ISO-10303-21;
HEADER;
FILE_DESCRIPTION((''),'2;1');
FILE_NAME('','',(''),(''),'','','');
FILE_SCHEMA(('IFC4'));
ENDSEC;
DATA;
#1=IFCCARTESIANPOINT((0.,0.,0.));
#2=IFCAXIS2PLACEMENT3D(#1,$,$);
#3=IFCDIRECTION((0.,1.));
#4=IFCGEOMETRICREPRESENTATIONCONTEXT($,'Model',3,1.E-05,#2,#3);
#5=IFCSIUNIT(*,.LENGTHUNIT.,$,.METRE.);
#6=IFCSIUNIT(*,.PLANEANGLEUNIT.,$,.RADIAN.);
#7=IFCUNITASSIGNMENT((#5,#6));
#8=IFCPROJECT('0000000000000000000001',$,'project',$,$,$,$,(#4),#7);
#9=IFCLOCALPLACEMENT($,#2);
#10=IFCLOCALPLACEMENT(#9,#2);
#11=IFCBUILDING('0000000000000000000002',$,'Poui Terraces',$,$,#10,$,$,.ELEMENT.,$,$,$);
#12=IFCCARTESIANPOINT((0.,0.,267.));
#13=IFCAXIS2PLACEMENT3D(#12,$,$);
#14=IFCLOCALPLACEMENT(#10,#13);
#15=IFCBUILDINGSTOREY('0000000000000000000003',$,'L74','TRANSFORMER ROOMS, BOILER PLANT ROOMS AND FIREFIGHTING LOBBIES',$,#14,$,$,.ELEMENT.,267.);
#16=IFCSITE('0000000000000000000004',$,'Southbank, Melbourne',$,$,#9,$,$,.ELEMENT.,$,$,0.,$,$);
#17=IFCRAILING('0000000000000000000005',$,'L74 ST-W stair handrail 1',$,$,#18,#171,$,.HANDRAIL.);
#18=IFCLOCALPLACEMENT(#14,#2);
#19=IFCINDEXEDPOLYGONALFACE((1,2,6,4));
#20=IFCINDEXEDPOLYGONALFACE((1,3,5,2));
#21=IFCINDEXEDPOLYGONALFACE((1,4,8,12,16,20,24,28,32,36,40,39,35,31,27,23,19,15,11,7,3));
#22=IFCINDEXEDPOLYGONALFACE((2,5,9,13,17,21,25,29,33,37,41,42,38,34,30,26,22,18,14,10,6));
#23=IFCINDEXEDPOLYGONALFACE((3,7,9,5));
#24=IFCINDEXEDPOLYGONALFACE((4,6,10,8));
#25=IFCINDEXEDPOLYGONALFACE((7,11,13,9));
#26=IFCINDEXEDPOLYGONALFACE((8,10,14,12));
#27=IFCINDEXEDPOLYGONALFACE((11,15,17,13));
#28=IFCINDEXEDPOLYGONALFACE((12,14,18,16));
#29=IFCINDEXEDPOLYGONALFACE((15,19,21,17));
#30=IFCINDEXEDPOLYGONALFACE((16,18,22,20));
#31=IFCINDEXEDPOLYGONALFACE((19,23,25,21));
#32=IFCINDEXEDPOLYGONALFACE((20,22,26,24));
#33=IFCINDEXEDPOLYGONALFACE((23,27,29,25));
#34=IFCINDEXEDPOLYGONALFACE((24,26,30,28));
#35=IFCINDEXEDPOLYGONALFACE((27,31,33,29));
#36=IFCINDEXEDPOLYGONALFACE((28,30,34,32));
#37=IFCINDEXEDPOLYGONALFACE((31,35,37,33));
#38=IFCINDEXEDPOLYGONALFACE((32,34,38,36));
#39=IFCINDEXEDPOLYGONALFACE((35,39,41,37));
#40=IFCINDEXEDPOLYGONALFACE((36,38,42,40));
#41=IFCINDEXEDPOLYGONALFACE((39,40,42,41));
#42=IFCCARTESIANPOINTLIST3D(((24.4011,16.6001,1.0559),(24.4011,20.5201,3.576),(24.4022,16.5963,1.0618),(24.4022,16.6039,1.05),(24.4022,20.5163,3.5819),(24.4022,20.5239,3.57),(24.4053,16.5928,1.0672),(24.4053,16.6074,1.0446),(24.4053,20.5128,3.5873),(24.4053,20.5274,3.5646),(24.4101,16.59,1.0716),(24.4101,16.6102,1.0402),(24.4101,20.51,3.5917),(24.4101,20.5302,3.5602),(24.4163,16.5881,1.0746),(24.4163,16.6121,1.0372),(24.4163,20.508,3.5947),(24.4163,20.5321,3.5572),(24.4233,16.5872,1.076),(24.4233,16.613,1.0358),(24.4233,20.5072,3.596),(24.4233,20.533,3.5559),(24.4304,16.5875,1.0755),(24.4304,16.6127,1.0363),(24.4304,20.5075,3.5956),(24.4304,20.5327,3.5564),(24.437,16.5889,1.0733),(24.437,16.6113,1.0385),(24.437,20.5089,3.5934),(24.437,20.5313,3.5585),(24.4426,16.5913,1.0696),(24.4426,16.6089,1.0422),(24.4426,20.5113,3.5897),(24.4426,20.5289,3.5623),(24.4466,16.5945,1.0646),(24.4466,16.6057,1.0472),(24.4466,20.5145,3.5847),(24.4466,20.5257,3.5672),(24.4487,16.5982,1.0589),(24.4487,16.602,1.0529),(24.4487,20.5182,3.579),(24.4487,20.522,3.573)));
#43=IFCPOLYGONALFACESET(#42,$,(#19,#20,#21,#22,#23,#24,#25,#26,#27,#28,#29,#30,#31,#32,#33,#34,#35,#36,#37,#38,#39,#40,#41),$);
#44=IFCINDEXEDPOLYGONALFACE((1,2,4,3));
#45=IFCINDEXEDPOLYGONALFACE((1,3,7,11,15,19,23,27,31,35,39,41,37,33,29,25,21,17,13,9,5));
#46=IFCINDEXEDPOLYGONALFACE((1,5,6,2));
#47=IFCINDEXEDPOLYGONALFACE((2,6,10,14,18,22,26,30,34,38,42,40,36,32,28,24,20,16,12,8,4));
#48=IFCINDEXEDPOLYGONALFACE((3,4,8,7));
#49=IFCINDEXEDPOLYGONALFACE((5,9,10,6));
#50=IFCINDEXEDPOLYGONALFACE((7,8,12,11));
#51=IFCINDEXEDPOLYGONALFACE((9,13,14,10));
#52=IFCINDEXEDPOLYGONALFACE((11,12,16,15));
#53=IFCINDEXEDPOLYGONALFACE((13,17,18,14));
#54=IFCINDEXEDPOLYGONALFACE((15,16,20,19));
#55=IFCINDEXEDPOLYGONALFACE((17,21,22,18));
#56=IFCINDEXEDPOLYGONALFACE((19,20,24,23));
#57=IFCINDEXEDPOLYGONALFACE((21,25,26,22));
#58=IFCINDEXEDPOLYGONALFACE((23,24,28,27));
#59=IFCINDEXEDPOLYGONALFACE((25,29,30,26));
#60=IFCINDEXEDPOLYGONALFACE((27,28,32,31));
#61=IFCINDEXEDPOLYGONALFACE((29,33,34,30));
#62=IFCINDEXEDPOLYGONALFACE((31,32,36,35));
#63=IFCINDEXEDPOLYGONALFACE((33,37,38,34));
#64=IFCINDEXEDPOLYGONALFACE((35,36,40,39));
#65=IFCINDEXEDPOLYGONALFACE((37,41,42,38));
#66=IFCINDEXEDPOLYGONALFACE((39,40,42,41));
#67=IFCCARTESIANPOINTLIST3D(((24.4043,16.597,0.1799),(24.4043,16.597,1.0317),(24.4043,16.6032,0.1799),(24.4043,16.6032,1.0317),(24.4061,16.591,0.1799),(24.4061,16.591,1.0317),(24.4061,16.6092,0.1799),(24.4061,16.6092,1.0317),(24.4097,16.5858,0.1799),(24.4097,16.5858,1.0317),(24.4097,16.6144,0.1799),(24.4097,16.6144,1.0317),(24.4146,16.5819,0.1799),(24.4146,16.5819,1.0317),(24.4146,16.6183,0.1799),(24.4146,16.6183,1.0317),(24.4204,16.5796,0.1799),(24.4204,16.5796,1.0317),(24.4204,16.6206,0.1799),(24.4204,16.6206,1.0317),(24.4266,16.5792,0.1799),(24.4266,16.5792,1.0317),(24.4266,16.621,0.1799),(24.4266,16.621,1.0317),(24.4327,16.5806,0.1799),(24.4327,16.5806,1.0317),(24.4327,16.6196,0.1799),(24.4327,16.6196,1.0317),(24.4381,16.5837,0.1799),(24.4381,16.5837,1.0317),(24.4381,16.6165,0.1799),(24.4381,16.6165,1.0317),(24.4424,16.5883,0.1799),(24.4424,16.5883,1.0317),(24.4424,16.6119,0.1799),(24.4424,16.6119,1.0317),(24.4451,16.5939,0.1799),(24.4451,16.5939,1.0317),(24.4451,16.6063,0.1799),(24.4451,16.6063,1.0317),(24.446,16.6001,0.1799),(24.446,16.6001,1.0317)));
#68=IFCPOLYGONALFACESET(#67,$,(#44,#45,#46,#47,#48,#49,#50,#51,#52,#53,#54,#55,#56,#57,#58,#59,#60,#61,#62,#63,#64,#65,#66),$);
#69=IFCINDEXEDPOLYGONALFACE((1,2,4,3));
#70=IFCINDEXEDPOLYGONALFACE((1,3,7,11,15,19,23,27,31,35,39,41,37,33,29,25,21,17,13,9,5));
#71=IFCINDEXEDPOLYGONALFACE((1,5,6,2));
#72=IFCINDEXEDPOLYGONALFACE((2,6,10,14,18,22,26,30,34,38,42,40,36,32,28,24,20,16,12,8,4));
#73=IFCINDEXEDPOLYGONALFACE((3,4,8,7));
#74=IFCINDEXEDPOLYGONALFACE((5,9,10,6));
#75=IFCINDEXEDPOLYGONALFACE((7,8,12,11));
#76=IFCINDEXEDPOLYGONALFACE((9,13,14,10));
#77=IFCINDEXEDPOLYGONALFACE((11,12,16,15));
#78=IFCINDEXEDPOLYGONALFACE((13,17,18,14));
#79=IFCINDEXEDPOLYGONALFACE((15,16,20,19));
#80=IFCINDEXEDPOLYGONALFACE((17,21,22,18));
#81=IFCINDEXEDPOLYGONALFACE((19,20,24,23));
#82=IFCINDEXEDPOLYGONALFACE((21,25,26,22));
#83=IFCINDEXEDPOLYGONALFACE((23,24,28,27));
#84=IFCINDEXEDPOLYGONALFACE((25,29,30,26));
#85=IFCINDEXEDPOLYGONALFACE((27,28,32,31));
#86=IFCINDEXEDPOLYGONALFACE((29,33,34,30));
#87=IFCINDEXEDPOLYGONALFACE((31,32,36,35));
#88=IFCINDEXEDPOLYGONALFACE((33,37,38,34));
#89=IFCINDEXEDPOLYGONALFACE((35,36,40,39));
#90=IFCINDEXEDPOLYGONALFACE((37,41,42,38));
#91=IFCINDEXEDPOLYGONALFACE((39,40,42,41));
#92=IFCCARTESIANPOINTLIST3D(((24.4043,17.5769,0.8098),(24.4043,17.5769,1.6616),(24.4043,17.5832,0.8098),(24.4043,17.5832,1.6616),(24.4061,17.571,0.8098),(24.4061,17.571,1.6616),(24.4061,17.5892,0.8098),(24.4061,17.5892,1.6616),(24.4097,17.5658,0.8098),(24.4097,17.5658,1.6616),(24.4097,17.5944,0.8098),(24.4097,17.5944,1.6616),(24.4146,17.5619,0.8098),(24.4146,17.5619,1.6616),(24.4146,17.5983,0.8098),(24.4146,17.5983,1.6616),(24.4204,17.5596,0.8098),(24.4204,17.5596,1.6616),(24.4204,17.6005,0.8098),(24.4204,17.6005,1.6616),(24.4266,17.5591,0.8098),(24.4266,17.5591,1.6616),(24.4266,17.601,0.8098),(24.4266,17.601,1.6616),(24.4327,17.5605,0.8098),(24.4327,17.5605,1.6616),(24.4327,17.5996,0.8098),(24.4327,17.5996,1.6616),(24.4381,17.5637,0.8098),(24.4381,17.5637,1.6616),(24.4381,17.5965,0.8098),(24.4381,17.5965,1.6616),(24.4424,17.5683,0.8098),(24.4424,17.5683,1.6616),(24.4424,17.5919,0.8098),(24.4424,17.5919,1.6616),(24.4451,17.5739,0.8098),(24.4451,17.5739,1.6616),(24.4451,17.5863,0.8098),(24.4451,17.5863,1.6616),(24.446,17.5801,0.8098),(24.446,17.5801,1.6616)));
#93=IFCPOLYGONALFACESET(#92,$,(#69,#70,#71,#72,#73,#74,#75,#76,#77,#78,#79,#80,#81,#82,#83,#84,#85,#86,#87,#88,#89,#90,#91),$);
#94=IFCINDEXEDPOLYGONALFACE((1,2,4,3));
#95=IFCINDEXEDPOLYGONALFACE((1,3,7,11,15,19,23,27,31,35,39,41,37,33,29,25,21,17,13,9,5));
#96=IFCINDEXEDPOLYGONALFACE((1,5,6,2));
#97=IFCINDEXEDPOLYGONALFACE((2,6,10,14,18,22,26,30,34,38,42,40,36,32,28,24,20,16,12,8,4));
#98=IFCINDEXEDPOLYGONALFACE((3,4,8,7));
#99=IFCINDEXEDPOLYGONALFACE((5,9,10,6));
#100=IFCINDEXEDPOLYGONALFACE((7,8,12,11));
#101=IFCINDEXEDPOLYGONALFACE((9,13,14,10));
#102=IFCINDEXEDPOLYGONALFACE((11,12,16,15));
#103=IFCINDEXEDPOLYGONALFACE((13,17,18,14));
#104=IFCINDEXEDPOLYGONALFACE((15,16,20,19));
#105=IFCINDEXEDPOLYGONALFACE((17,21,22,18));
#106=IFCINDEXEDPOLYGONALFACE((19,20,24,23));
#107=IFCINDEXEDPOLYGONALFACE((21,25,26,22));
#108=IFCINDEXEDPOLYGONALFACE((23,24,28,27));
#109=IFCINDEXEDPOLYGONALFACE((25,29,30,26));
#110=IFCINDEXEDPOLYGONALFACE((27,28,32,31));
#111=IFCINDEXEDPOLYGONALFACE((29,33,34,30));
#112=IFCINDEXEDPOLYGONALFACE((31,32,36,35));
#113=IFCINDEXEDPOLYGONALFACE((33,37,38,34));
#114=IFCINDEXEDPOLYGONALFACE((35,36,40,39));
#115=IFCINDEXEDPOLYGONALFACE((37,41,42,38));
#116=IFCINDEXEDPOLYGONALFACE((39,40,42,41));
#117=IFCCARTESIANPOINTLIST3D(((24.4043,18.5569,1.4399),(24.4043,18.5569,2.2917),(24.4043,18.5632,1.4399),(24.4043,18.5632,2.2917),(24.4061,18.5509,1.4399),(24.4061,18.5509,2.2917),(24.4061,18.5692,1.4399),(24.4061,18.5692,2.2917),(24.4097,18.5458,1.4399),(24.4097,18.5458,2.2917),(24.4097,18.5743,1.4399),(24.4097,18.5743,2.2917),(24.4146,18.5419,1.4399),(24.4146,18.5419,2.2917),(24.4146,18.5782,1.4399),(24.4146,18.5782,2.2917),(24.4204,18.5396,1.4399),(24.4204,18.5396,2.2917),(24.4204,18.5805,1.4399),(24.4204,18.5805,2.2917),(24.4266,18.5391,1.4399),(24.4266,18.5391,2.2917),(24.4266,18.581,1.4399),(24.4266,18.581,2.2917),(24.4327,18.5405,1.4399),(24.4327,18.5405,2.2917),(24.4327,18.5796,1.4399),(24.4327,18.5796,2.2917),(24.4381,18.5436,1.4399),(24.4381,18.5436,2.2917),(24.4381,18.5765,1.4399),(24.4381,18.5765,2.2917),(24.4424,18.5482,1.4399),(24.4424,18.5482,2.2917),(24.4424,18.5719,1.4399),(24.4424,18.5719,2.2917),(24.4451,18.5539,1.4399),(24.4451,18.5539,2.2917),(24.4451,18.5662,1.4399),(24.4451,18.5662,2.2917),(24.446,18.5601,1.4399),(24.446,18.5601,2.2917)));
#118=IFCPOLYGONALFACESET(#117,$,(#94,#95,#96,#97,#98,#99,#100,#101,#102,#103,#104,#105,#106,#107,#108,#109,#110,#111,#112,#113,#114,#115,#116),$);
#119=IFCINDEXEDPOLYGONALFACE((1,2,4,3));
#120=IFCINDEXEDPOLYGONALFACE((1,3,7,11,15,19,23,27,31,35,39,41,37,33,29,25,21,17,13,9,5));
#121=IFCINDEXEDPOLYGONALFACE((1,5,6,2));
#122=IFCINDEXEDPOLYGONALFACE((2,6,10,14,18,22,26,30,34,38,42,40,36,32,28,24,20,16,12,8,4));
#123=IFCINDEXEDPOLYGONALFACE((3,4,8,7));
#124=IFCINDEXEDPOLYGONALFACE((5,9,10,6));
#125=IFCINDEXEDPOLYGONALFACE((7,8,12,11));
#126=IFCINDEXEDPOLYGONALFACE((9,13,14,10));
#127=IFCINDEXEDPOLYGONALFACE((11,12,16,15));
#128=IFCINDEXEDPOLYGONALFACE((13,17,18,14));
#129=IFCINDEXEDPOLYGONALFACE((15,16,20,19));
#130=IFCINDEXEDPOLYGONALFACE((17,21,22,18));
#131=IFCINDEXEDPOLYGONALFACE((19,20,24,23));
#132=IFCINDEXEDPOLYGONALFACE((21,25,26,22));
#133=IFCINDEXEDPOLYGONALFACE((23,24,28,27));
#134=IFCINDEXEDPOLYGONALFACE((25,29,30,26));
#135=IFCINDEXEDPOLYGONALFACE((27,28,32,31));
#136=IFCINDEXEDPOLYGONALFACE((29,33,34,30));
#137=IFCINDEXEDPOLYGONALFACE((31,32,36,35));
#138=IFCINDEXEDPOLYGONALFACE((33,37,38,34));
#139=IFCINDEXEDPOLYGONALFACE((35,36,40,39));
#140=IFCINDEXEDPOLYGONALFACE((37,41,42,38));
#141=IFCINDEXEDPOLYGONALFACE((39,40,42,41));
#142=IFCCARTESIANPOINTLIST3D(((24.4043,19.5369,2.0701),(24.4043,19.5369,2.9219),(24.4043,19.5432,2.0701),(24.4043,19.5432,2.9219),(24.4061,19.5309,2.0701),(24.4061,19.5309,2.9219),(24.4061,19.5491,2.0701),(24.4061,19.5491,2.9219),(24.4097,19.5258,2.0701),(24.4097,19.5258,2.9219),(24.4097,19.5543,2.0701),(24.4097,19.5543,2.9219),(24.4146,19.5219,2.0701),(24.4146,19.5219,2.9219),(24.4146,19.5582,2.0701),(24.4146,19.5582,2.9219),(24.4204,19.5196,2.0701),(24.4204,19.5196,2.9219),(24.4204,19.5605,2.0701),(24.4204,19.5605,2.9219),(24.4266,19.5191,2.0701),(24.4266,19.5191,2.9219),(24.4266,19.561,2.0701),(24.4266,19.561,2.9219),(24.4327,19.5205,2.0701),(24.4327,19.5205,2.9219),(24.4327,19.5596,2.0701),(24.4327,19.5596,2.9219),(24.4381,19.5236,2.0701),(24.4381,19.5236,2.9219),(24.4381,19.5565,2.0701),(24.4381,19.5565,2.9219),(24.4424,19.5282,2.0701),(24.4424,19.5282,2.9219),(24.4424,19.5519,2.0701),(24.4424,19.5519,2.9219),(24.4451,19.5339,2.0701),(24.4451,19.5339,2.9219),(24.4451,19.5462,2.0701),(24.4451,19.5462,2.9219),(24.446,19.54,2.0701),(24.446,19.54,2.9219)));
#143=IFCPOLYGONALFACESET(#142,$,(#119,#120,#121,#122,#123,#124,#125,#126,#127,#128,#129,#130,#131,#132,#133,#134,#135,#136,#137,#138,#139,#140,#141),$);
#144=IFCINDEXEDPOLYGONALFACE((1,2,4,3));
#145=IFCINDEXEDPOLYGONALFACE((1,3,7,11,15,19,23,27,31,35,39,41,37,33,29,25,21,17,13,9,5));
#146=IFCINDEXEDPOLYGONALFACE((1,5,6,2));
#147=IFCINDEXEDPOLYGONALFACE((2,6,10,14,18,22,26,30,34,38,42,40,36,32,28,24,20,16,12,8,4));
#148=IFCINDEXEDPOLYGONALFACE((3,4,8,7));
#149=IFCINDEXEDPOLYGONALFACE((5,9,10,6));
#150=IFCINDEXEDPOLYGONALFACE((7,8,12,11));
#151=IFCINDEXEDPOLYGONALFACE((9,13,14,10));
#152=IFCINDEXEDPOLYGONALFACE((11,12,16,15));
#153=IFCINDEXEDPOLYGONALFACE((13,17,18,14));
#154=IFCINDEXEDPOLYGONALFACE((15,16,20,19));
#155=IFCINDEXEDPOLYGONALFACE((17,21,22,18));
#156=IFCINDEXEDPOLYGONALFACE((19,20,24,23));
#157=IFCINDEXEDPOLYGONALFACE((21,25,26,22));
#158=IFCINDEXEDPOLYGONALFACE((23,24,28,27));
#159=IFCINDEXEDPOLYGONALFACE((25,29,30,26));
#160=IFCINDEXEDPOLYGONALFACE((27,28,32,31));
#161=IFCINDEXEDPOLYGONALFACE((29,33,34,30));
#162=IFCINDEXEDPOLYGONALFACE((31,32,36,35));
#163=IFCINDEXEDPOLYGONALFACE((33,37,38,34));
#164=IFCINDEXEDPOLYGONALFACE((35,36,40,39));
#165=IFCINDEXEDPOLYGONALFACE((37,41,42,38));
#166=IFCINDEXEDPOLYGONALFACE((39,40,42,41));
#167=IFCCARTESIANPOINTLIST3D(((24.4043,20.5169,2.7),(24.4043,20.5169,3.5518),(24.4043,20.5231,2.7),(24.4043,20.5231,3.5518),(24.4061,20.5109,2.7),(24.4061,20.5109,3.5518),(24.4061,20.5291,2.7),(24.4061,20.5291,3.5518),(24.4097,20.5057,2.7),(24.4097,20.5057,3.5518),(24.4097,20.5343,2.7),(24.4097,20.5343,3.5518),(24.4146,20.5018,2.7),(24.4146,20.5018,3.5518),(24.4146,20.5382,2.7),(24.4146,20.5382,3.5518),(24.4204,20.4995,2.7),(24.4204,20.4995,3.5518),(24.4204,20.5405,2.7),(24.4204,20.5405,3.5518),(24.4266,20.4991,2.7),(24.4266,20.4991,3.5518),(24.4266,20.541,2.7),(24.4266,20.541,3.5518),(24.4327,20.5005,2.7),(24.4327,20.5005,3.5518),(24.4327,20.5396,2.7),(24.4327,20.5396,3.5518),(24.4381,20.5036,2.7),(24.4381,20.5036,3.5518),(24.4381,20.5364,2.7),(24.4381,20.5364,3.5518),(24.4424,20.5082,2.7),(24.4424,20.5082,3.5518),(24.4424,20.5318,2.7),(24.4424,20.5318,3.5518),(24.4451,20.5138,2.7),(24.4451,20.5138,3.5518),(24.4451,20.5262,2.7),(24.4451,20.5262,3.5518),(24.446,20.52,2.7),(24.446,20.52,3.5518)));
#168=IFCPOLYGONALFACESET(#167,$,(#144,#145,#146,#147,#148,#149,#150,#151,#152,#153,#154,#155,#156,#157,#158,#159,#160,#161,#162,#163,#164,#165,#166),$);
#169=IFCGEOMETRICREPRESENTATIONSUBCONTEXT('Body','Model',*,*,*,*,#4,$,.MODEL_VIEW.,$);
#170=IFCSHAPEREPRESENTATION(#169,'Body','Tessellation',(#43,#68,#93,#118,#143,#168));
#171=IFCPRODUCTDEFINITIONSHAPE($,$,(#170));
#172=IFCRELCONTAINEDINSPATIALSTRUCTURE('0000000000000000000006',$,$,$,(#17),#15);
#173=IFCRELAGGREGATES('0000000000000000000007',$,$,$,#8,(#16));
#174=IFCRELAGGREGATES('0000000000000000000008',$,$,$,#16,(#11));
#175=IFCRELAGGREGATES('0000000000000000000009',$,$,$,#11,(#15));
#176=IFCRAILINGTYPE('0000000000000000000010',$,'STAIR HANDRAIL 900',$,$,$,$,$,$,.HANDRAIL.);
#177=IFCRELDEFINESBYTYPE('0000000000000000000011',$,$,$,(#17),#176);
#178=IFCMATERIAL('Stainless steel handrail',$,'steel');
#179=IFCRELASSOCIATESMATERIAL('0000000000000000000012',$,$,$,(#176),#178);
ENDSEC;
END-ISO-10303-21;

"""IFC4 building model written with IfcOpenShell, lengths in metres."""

from ifc_helpers import new_model, si_unit, direction, frame, origin, origin_2d, place, context, subcontext, project, spatial, circle, extrude, material, type_object, element, save


model = new_model("IFC4")

# Units and contexts
model_context = context("Model", 3, precision=1e-05, world=origin(), true_north=direction((0.0, 1.0)))
body_context = subcontext(model_context, "Body", "Model", "MODEL_VIEW")
ifc_project = project(units=[si_unit("LENGTHUNIT", "METRE"), si_unit("PLANEANGLEUNIT", "RADIAN")], contexts=[model_context])

# Site, building, storey
site_placement = place(None, origin())
site = spatial("IfcSite", under=ifc_project, at=site_placement, Name="Southbank, Melbourne", CompositionType="ELEMENT", RefElevation=0.0)
building_placement = place(site_placement, origin())
building = spatial("IfcBuilding", under=site, at=building_placement, Name="Poui Terraces", CompositionType="ELEMENT")
storey_placement = place(building_placement, frame((0.0, 0.0, 267.0)))
storey = spatial("IfcBuildingStorey", under=building, at=storey_placement, Name="L74", Description="TRANSFORMER ROOMS, BOILER PLANT ROOMS AND FIREFIGHTING LOBBIES", CompositionType="ELEMENT", Elevation=267.0)

# Railing
ifc_material_1 = material(Name="Stainless steel handrail", Category="steel")
railing_type_1 = type_object("IfcRailingType", Name="STAIR HANDRAIL 900", PredefinedType="HANDRAIL", material=ifc_material_1)
railing_1_placement = place(storey_placement, frame((24.425, 16.6001, 0.1799)))
element("IfcRailing", 1, at=railing_1_placement, inside=storey, type_object=railing_type_1, Name="L74 ST-W stair handrail 1", PredefinedType="HANDRAIL", context=body_context, shape_type="SweptSolid", body=[
    extrude(circle(Radius=0.0239, at=origin_2d()), frame((0.0, 0.0, 0.876), z_axis=(0.0, 0.841172, 0.540768), x_axis=(-1.0, 0.0, 0.0)), (0.0, 0.0, 1.0), 4.6602),
    extrude(circle(Radius=0.021, at=origin_2d()), origin(), (0.0, 0.0, 1.0), 0.8518),
    extrude(circle(Radius=0.021, at=origin_2d()), frame((0.0, 0.98, 0.6299)), (0.0, 0.0, 1.0), 0.8518),
    extrude(circle(Radius=0.021, at=origin_2d()), frame((0.0, 1.96, 1.26)), (0.0, 0.0, 1.0), 0.8518),
    extrude(circle(Radius=0.021, at=origin_2d()), frame((0.0, 2.9399, 1.8901)), (0.0, 0.0, 1.0), 0.8518),
    extrude(circle(Radius=0.021, at=origin_2d()), frame((0.0, 3.9199, 2.52)), (0.0, 0.0, 1.0), 0.8518),
])

save(model, "model.ifc")
